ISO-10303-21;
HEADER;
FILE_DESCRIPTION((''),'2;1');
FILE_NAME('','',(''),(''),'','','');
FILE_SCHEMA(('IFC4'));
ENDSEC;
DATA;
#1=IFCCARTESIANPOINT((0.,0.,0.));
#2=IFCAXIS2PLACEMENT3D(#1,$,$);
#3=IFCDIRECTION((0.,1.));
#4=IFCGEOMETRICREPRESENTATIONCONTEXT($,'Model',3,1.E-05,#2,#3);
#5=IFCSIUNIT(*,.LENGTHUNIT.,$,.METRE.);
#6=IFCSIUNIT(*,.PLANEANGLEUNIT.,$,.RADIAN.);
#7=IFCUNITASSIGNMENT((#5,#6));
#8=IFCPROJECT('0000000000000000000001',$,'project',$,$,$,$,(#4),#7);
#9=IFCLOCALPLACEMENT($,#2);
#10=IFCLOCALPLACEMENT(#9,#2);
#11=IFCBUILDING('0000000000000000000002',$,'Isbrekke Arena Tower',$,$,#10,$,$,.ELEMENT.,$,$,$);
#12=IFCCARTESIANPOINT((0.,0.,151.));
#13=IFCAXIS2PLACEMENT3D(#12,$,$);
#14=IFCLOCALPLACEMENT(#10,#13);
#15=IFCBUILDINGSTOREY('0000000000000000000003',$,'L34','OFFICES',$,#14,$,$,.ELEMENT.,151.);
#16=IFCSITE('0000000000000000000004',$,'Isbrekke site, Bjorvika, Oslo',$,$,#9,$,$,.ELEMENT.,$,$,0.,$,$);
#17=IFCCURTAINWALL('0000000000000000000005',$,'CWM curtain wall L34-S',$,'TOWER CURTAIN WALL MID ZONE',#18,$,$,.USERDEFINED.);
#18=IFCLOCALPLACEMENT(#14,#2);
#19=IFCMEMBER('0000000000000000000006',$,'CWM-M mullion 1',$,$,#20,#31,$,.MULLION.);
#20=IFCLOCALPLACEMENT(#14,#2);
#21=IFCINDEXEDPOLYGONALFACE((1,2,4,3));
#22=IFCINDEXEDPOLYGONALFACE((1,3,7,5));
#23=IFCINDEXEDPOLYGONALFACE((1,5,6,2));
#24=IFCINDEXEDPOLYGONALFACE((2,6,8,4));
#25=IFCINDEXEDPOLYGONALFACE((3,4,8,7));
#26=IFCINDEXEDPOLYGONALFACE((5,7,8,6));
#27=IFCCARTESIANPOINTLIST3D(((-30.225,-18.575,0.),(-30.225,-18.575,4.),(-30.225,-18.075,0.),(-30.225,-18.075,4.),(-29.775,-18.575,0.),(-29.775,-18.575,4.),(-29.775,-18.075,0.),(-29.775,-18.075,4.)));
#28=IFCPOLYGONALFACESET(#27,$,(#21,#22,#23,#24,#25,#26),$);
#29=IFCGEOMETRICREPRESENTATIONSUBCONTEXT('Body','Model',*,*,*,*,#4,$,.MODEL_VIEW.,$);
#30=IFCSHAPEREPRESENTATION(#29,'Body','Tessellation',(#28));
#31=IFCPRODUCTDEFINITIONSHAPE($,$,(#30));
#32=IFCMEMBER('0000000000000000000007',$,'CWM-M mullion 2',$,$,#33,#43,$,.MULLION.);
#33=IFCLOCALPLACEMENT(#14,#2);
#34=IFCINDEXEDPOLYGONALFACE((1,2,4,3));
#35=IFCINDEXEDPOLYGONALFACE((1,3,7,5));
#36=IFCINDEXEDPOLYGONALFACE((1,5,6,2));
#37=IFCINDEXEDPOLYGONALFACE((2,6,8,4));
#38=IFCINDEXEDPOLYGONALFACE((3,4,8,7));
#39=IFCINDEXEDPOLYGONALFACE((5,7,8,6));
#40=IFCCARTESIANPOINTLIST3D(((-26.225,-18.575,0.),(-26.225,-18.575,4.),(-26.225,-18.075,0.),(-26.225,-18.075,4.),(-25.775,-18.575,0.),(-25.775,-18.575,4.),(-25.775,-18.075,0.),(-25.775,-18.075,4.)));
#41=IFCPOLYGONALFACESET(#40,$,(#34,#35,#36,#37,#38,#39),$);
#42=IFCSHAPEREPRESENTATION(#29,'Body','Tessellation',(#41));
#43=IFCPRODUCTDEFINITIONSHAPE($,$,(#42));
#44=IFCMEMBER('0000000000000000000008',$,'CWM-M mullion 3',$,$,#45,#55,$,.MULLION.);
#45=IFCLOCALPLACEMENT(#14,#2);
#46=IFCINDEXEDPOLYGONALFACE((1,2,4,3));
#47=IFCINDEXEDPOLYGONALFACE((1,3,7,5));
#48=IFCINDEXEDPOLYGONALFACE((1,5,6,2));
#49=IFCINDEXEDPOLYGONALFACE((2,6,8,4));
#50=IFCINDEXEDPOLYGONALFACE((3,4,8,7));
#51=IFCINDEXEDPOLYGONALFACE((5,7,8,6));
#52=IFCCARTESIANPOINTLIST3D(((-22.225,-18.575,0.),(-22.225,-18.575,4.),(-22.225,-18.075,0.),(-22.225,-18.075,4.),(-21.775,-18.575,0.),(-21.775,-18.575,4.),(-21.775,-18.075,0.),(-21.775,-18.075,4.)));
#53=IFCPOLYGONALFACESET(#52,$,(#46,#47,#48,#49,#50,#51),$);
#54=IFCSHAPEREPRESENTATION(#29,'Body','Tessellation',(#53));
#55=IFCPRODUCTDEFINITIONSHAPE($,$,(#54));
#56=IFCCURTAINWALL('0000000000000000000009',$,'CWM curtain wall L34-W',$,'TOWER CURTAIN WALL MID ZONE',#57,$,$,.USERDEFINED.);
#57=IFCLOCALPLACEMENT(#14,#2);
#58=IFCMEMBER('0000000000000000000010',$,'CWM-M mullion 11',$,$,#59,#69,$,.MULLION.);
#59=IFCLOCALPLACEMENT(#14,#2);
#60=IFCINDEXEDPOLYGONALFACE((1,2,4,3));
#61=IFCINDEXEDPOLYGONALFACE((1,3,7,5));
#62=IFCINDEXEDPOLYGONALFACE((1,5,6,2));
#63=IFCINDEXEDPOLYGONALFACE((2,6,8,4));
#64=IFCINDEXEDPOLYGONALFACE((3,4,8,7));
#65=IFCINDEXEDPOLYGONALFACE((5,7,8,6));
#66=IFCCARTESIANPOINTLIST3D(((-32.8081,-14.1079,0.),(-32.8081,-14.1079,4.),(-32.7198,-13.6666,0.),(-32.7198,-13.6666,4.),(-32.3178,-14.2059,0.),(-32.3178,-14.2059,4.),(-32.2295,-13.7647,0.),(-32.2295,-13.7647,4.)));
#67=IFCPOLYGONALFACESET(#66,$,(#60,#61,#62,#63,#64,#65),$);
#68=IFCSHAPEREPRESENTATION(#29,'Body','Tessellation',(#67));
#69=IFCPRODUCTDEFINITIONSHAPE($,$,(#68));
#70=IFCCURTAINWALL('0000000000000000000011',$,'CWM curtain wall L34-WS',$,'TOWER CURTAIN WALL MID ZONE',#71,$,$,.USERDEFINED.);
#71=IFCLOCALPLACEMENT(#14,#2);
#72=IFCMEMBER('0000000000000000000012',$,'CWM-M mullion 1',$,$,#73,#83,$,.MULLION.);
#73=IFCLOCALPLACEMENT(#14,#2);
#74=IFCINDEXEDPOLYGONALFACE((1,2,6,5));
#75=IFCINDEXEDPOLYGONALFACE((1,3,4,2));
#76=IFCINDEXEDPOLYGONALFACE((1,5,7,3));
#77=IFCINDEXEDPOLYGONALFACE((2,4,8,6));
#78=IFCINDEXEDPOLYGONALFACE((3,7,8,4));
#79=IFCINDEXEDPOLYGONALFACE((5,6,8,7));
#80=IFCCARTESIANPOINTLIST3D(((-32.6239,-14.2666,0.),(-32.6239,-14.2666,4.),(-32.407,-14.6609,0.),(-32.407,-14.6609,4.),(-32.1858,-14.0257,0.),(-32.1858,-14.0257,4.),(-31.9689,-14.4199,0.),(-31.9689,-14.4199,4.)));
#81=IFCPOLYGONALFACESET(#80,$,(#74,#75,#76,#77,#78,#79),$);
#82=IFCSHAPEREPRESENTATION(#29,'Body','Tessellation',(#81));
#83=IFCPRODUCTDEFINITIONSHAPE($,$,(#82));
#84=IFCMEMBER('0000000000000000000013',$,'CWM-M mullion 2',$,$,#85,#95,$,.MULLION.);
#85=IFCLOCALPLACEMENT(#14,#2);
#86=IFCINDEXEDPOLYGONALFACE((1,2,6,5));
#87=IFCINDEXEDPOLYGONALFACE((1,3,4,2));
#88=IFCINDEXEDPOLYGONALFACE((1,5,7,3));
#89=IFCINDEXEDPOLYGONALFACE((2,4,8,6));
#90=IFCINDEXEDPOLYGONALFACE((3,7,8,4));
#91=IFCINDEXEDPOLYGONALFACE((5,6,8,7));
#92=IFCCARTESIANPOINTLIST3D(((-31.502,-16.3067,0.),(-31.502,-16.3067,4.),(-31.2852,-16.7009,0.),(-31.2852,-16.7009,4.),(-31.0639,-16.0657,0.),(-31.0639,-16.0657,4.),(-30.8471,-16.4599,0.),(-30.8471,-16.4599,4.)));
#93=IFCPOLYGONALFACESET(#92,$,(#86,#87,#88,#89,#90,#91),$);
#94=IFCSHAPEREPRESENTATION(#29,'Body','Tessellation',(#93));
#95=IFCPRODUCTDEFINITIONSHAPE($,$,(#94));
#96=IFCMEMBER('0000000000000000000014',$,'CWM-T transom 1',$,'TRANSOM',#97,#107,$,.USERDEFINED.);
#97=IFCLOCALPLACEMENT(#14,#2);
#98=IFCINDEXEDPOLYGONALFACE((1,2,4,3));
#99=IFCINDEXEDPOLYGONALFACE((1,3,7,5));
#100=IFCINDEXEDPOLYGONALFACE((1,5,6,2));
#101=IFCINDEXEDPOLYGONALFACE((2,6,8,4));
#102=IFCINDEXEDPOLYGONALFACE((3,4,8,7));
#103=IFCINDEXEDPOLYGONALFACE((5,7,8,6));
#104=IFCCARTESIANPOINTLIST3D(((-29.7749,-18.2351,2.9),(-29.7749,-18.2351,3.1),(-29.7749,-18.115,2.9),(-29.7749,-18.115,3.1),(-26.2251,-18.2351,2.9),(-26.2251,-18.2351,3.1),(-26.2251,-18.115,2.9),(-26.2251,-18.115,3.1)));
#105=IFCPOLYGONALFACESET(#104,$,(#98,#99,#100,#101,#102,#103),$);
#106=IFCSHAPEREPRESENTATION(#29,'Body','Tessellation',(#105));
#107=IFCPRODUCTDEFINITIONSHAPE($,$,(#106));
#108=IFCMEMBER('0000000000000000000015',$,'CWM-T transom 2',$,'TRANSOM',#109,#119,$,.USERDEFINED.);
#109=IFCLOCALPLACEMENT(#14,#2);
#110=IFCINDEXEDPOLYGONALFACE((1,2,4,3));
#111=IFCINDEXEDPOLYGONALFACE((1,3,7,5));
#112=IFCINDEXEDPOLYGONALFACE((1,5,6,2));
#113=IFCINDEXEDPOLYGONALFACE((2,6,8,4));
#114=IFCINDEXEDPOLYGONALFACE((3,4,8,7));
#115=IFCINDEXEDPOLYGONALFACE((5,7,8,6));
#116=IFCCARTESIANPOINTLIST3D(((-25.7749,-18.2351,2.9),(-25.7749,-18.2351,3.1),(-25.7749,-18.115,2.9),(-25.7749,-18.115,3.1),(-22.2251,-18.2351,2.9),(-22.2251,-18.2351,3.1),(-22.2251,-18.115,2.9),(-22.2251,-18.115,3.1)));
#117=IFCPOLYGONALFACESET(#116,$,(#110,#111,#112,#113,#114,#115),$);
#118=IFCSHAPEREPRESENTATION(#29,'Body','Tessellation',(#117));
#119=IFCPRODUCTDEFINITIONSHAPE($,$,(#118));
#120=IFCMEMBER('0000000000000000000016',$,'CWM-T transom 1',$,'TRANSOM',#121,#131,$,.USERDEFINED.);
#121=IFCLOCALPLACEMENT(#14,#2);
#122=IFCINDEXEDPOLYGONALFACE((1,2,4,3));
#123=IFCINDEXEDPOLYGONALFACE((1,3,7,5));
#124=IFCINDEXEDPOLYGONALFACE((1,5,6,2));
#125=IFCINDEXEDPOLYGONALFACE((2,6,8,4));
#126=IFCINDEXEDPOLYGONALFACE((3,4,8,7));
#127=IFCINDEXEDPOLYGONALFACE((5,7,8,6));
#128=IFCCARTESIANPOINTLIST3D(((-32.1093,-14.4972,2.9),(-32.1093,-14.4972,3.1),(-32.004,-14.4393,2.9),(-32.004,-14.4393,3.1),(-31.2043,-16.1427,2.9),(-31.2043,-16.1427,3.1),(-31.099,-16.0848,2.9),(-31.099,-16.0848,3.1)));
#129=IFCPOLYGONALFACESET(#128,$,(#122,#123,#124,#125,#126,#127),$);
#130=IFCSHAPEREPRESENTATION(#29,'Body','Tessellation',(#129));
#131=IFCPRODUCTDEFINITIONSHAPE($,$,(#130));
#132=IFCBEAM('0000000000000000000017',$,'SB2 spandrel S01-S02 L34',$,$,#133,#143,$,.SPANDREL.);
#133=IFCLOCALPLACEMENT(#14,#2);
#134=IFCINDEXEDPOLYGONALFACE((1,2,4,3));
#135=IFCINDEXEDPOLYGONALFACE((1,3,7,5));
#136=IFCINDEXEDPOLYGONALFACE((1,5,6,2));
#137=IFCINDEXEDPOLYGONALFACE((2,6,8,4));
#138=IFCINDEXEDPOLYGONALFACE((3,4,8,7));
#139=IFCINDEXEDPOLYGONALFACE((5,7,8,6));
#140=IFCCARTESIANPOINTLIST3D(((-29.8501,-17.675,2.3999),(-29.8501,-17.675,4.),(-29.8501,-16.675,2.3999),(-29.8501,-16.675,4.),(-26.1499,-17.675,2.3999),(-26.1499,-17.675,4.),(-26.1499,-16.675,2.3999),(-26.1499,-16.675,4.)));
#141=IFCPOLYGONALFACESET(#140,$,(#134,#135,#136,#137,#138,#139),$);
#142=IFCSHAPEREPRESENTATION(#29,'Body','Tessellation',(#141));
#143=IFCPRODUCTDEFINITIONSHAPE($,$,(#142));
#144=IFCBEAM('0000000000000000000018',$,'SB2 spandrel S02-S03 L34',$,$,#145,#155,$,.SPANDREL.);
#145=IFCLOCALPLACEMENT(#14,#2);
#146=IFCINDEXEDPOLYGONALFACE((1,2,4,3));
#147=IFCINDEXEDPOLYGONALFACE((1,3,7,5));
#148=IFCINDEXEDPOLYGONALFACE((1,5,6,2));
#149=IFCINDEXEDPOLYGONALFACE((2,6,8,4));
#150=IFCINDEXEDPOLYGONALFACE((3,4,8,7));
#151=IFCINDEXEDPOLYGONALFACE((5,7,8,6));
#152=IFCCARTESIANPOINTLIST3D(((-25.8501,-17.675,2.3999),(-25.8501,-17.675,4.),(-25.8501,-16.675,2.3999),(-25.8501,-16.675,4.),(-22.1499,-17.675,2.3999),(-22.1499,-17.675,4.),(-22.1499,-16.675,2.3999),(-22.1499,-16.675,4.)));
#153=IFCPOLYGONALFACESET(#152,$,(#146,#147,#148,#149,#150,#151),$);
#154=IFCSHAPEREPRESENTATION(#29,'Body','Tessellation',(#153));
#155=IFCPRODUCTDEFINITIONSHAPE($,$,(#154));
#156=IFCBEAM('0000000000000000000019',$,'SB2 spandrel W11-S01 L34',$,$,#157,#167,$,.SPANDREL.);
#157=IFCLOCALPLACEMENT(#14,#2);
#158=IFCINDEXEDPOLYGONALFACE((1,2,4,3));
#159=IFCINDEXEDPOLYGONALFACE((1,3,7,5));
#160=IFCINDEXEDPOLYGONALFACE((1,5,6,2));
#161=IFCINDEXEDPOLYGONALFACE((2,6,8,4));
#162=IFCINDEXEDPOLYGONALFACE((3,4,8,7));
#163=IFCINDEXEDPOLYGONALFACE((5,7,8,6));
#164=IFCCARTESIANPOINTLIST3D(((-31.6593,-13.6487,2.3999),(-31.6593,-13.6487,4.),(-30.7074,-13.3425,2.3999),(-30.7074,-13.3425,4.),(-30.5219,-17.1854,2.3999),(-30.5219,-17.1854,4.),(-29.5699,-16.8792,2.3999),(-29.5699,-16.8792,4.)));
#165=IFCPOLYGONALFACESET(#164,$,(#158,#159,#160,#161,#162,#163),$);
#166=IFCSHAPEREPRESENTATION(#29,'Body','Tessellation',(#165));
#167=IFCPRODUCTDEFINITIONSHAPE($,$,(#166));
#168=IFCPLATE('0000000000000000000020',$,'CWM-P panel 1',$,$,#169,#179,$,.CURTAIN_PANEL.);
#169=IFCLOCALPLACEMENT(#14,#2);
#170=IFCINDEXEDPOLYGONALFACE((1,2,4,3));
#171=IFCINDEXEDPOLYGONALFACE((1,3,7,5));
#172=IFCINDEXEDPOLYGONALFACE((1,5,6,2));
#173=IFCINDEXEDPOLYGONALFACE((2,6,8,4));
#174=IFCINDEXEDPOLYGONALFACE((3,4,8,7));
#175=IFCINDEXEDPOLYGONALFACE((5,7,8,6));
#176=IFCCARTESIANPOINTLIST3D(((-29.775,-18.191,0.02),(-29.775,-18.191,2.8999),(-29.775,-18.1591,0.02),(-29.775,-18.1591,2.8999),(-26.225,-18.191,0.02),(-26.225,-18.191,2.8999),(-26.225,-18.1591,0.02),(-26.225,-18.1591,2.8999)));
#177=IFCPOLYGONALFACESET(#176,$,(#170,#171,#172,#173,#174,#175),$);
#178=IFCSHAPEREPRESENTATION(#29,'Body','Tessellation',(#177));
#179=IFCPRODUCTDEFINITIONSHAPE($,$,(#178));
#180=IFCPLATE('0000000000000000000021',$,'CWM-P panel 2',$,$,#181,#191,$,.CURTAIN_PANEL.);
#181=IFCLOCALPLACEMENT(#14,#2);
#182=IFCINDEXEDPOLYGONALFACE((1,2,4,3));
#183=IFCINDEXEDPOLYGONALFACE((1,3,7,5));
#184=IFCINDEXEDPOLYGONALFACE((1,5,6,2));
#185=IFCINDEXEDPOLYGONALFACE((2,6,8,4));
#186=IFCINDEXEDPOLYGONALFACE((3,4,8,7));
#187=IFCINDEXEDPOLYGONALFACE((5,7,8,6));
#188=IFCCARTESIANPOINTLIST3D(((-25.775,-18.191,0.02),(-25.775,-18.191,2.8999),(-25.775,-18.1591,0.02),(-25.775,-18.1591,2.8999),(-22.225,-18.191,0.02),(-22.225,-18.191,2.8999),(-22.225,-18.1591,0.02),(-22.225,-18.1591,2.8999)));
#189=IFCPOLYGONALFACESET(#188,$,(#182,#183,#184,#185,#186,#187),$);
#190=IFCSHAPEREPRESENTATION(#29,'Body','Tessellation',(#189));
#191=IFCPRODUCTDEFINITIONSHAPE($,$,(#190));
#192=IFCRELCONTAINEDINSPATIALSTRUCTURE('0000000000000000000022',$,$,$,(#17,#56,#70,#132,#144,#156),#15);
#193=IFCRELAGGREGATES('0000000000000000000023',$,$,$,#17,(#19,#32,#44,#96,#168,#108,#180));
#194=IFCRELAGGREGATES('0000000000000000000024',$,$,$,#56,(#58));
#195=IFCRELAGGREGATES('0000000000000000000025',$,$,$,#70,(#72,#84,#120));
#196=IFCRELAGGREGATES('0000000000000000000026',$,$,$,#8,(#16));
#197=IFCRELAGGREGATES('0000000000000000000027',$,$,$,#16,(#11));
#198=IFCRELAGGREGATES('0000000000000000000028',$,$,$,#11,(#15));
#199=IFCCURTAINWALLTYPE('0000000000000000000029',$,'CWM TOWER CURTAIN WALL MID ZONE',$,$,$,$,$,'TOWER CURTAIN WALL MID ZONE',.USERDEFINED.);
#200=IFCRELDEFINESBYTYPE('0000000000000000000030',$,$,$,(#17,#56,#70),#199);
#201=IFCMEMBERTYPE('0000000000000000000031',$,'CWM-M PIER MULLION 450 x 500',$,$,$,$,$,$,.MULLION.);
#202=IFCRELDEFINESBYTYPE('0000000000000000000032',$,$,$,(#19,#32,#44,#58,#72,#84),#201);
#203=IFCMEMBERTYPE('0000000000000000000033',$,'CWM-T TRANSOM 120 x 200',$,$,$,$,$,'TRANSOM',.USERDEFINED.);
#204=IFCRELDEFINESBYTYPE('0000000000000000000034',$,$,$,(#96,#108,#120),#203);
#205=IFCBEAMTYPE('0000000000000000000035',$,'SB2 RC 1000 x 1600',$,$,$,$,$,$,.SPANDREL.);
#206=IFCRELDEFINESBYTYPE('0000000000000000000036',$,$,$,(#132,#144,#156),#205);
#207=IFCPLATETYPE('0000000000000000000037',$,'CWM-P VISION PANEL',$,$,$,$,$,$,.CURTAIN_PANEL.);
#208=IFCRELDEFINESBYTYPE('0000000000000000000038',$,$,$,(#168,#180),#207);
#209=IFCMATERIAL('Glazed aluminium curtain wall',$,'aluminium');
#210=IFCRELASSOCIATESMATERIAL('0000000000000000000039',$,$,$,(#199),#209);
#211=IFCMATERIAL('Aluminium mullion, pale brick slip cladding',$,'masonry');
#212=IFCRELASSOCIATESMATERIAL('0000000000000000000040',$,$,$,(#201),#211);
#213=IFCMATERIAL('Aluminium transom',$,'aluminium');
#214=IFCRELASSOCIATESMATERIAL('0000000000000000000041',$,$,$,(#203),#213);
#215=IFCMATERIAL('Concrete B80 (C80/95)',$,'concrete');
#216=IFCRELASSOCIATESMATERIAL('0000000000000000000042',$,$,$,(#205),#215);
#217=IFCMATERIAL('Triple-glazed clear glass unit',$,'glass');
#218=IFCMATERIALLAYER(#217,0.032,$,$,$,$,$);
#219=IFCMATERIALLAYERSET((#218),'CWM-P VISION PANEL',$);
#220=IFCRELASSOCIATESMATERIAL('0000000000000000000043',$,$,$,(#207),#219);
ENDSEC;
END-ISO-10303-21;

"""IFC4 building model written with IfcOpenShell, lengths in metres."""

from ifc_helpers import new_model, si_unit, direction, frame, origin, origin_2d, place, context, subcontext, project, spatial, rectangle, extrude, material, layer, layer_set, material_profile, profile_set, type_object, element, aggregate, save


model = new_model("IFC4")

# Units and contexts
model_context = context("Model", 3, precision=1e-05, world=origin(), true_north=direction((0.0, 1.0)))
body_context = subcontext(model_context, "Body", "Model", "MODEL_VIEW")
ifc_project = project(units=[si_unit("LENGTHUNIT", "METRE"), si_unit("PLANEANGLEUNIT", "RADIAN")], contexts=[model_context])

# Site, building, storey
site_placement = place(None, origin())
site = spatial("IfcSite", under=ifc_project, at=site_placement, Name="Isbrekke site, Bjorvika, Oslo", CompositionType="ELEMENT", RefElevation=0.0)
building_placement = place(site_placement, origin())
building = spatial("IfcBuilding", under=site, at=building_placement, Name="Isbrekke Arena Tower", CompositionType="ELEMENT")
storey_placement = place(building_placement, frame((0.0, 0.0, 151.0)))
storey = spatial("IfcBuildingStorey", under=building, at=storey_placement, Name="L34", Description="OFFICES", CompositionType="ELEMENT", Elevation=151.0)

# Curtain wall, members
ifc_material_1 = material(Name="Glazed aluminium curtain wall", Category="aluminium")
curtain_wall_type = type_object("IfcCurtainWallType", Name="CWM TOWER CURTAIN WALL MID ZONE", ElementType="TOWER CURTAIN WALL MID ZONE", PredefinedType="USERDEFINED", material=ifc_material_1)
curtain_wall_1_placement = place(storey_placement, origin())
curtain_wall_1 = element("IfcCurtainWall", 1, at=curtain_wall_1_placement, inside=storey, type_object=curtain_wall_type, Name="CWM curtain wall L34-S", ObjectType="TOWER CURTAIN WALL MID ZONE", PredefinedType="USERDEFINED")
ifc_material_2 = material(Name="Aluminium mullion, pale brick slip cladding", Category="masonry")
ifc_material_profile_1 = material_profile(ifc_material_2, rectangle(XDim=0.45, YDim=0.5, at=origin_2d()), Name="PIER 450X500")
ifc_profile_set_1 = profile_set([ifc_material_profile_1], Name="Aluminium mullion, pale brick slip cladding")
member_type_1 = type_object("IfcMemberType", Name="CWM-M PIER MULLION 450 x 500", PredefinedType="MULLION", material=ifc_profile_set_1)
member_1_placement = place(storey_placement, frame((-30.0, -18.325, 0.0), z_axis=(0.0, 0.0, 1.0), x_axis=(1.0, 0.0, 0.0)))
member_1 = element("IfcMember", 2, at=member_1_placement, type_object=member_type_1, Name="CWM-M mullion 1", PredefinedType="MULLION", context=body_context, shape_type="SweptSolid", body=[
    extrude(rectangle(XDim=0.45, YDim=0.5, at=origin_2d()), origin(), (0.0, 0.0, 1.0), 4.0),
])
member_2_placement = place(storey_placement, frame((-26.0, -18.325, 0.0), z_axis=(0.0, 0.0, 1.0), x_axis=(1.0, 0.0, 0.0)))
member_2 = element("IfcMember", 3, at=member_2_placement, type_object=member_type_1, Name="CWM-M mullion 2", PredefinedType="MULLION", context=body_context, shape_type="SweptSolid", body=[
    extrude(rectangle(XDim=0.45, YDim=0.5, at=origin_2d()), origin(), (0.0, 0.0, 1.0), 4.0),
])
member_3_placement = place(storey_placement, frame((-22.0, -18.325, 0.0), z_axis=(0.0, 0.0, 1.0), x_axis=(1.0, 0.0, 0.0)))
member_3 = element("IfcMember", 4, at=member_3_placement, type_object=member_type_1, Name="CWM-M mullion 3", PredefinedType="MULLION", context=body_context, shape_type="SweptSolid", body=[
    extrude(rectangle(XDim=0.45, YDim=0.5, at=origin_2d()), origin(), (0.0, 0.0, 1.0), 4.0),
])

# Curtain wall, member
curtain_wall_2_placement = place(storey_placement, origin())
curtain_wall_2 = element("IfcCurtainWall", 5, at=curtain_wall_2_placement, inside=storey, type_object=curtain_wall_type, Name="CWM curtain wall L34-W", ObjectType="TOWER CURTAIN WALL MID ZONE", PredefinedType="USERDEFINED")
member_4_placement = place(storey_placement, frame((-32.5188, -13.9363, 0.0), z_axis=(0.0, 0.0, 1.0), x_axis=(-0.196116, -0.980581, 0.0)))
member_4 = element("IfcMember", 6, at=member_4_placement, type_object=member_type_1, Name="CWM-M mullion 11", PredefinedType="MULLION", context=body_context, shape_type="SweptSolid", body=[
    extrude(rectangle(XDim=0.45, YDim=0.5, at=origin_2d()), origin(), (0.0, 0.0, 1.0), 4.0),
])

# Curtain wall, members
curtain_wall_3_placement = place(storey_placement, origin())
curtain_wall_3 = element("IfcCurtainWall", 7, at=curtain_wall_3_placement, inside=storey, type_object=curtain_wall_type, Name="CWM curtain wall L34-WS", ObjectType="TOWER CURTAIN WALL MID ZONE", PredefinedType="USERDEFINED")
member_5_placement = place(storey_placement, frame((-32.2964, -14.3433, 0.0), z_axis=(0.0, 0.0, 1.0), x_axis=(0.481919, -0.876216, 0.0)))
member_5 = element("IfcMember", 8, at=member_5_placement, type_object=member_type_1, Name="CWM-M mullion 1", PredefinedType="MULLION", context=body_context, shape_type="SweptSolid", body=[
    extrude(rectangle(XDim=0.45, YDim=0.5, at=origin_2d()), origin(), (0.0, 0.0, 1.0), 4.0),
])
member_6_placement = place(storey_placement, frame((-31.1746, -16.3833, 0.0), z_axis=(0.0, 0.0, 1.0), x_axis=(0.481919, -0.876216, 0.0)))
member_6 = element("IfcMember", 9, at=member_6_placement, type_object=member_type_1, Name="CWM-M mullion 2", PredefinedType="MULLION", context=body_context, shape_type="SweptSolid", body=[
    extrude(rectangle(XDim=0.45, YDim=0.5, at=origin_2d()), origin(), (0.0, 0.0, 1.0), 4.0),
])

# Members
ifc_material_3 = material(Name="Aluminium transom", Category="aluminium")
ifc_material_profile_2 = material_profile(ifc_material_3, rectangle(XDim=0.1201, YDim=0.2, at=origin_2d()), Name="TRANSOM 120X200")
ifc_profile_set_2 = profile_set([ifc_material_profile_2], Name="Aluminium transom")
member_type_2 = type_object("IfcMemberType", Name="CWM-T TRANSOM 120 x 200", ElementType="TRANSOM", PredefinedType="USERDEFINED", material=ifc_profile_set_2)
member_7_placement = place(storey_placement, frame((-29.7749, -18.175, 3.0), z_axis=(1.0, 0.0, 0.0), x_axis=(0.0, 1.0, 0.0)))
member_7 = element("IfcMember", 10, at=member_7_placement, type_object=member_type_2, Name="CWM-T transom 1", ObjectType="TRANSOM", PredefinedType="USERDEFINED", context=body_context, shape_type="SweptSolid", body=[
    extrude(rectangle(XDim=0.1201, YDim=0.2, at=origin_2d()), origin(), (0.0, 0.0, 1.0), 3.5498),
])
member_8_placement = place(storey_placement, frame((-25.7749, -18.175, 3.0), z_axis=(1.0, 0.0, 0.0), x_axis=(0.0, 1.0, 0.0)))
member_8 = element("IfcMember", 11, at=member_8_placement, type_object=member_type_2, Name="CWM-T transom 2", ObjectType="TRANSOM", PredefinedType="USERDEFINED", context=body_context, shape_type="SweptSolid", body=[
    extrude(rectangle(XDim=0.1201, YDim=0.2, at=origin_2d()), origin(), (0.0, 0.0, 1.0), 3.5498),
])
member_9_placement = place(storey_placement, frame((-32.0566, -14.4683, 3.0), z_axis=(0.481919, -0.876216, 0.0), x_axis=(0.876216, 0.481919, 0.0)))
member_9 = element("IfcMember", 12, at=member_9_placement, type_object=member_type_2, Name="CWM-T transom 1", ObjectType="TRANSOM", PredefinedType="USERDEFINED", context=body_context, shape_type="SweptSolid", body=[
    extrude(rectangle(XDim=0.1201, YDim=0.2, at=origin_2d()), origin(), (0.0, 0.0, 1.0), 1.8779),
])

# Beams
ifc_material_4 = material(Name="Concrete B80 (C80/95)", Category="concrete")
ifc_material_profile_3 = material_profile(ifc_material_4, rectangle(XDim=1.0, YDim=1.6001, at=origin_2d()), Name="RC 1000x1600")
ifc_profile_set_3 = profile_set([ifc_material_profile_3], Name="Concrete B80 (C80/95)")
beam_type_1 = type_object("IfcBeamType", Name="SB2 RC 1000 x 1600", PredefinedType="SPANDREL", material=ifc_profile_set_3)
for number, where, z_axis, x_axis, name in (
    (13, (-29.8501, -17.175, 3.2), (1.0, 0.0, 0.0), (0.0, 1.0, 0.0), "SB2 spandrel S01-S02 L34"),
    (14, (-25.8501, -17.175, 3.2), (1.0, 0.0, 0.0), (0.0, 1.0, 0.0), "SB2 spandrel S02-S03 L34"),
):
    element("IfcBeam", number, at=place(storey_placement, frame(where, z_axis=z_axis, x_axis=x_axis)), inside=storey, type_object=beam_type_1, Name=name, PredefinedType="SPANDREL", context=body_context, shape_type="SweptSolid", body=[
        extrude(rectangle(XDim=1.0, YDim=1.6001, at=origin_2d()), origin(), (0.0, 0.0, 1.0), 3.7002),
    ])
beam_1_placement = place(storey_placement, frame((-31.1833, -13.4956, 3.2), z_axis=(0.306175, -0.951975, 0.0), x_axis=(0.951975, 0.306175, 0.0)))
element("IfcBeam", 15, at=beam_1_placement, inside=storey, type_object=beam_type_1, Name="SB2 spandrel W11-S01 L34", PredefinedType="SPANDREL", context=body_context, shape_type="SweptSolid", body=[
    extrude(rectangle(XDim=1.0, YDim=1.6001, at=origin_2d()), origin(), (0.0, 0.0, 1.0), 3.7151),
])

# Plates
ifc_material_5 = material(Name="Triple-glazed clear glass unit", Category="glass")
ifc_layer_1 = layer(ifc_material_5, 0.032)
ifc_layer_set_1 = layer_set([ifc_layer_1], Name="CWM-P VISION PANEL")
plate_type = type_object("IfcPlateType", Name="CWM-P VISION PANEL", PredefinedType="CURTAIN_PANEL", material=ifc_layer_set_1)
plate_1_placement = place(storey_placement, frame((-28.0, -18.175, 0.02), z_axis=(0.0, 0.0, 1.0), x_axis=(1.0, 0.0, 0.0)))
plate_1 = element("IfcPlate", 16, at=plate_1_placement, type_object=plate_type, Name="CWM-P panel 1", PredefinedType="CURTAIN_PANEL", context=body_context, shape_type="SweptSolid", body=[
    extrude(rectangle(XDim=3.55, YDim=0.032, at=origin_2d()), origin(), (0.0, 0.0, 1.0), 2.8799),
])
plate_2_placement = place(storey_placement, frame((-24.0, -18.175, 0.02), z_axis=(0.0, 0.0, 1.0), x_axis=(1.0, 0.0, 0.0)))
plate_2 = element("IfcPlate", 17, at=plate_2_placement, type_object=plate_type, Name="CWM-P panel 2", PredefinedType="CURTAIN_PANEL", context=body_context, shape_type="SweptSolid", body=[
    extrude(rectangle(XDim=3.55, YDim=0.032, at=origin_2d()), origin(), (0.0, 0.0, 1.0), 2.8799),
])
aggregate(curtain_wall_1, [member_1, member_2, member_3, member_7, plate_1, member_8, plate_2])
aggregate(curtain_wall_2, [member_4])
aggregate(curtain_wall_3, [member_5, member_6, member_9])

save(model, "model.ifc")
